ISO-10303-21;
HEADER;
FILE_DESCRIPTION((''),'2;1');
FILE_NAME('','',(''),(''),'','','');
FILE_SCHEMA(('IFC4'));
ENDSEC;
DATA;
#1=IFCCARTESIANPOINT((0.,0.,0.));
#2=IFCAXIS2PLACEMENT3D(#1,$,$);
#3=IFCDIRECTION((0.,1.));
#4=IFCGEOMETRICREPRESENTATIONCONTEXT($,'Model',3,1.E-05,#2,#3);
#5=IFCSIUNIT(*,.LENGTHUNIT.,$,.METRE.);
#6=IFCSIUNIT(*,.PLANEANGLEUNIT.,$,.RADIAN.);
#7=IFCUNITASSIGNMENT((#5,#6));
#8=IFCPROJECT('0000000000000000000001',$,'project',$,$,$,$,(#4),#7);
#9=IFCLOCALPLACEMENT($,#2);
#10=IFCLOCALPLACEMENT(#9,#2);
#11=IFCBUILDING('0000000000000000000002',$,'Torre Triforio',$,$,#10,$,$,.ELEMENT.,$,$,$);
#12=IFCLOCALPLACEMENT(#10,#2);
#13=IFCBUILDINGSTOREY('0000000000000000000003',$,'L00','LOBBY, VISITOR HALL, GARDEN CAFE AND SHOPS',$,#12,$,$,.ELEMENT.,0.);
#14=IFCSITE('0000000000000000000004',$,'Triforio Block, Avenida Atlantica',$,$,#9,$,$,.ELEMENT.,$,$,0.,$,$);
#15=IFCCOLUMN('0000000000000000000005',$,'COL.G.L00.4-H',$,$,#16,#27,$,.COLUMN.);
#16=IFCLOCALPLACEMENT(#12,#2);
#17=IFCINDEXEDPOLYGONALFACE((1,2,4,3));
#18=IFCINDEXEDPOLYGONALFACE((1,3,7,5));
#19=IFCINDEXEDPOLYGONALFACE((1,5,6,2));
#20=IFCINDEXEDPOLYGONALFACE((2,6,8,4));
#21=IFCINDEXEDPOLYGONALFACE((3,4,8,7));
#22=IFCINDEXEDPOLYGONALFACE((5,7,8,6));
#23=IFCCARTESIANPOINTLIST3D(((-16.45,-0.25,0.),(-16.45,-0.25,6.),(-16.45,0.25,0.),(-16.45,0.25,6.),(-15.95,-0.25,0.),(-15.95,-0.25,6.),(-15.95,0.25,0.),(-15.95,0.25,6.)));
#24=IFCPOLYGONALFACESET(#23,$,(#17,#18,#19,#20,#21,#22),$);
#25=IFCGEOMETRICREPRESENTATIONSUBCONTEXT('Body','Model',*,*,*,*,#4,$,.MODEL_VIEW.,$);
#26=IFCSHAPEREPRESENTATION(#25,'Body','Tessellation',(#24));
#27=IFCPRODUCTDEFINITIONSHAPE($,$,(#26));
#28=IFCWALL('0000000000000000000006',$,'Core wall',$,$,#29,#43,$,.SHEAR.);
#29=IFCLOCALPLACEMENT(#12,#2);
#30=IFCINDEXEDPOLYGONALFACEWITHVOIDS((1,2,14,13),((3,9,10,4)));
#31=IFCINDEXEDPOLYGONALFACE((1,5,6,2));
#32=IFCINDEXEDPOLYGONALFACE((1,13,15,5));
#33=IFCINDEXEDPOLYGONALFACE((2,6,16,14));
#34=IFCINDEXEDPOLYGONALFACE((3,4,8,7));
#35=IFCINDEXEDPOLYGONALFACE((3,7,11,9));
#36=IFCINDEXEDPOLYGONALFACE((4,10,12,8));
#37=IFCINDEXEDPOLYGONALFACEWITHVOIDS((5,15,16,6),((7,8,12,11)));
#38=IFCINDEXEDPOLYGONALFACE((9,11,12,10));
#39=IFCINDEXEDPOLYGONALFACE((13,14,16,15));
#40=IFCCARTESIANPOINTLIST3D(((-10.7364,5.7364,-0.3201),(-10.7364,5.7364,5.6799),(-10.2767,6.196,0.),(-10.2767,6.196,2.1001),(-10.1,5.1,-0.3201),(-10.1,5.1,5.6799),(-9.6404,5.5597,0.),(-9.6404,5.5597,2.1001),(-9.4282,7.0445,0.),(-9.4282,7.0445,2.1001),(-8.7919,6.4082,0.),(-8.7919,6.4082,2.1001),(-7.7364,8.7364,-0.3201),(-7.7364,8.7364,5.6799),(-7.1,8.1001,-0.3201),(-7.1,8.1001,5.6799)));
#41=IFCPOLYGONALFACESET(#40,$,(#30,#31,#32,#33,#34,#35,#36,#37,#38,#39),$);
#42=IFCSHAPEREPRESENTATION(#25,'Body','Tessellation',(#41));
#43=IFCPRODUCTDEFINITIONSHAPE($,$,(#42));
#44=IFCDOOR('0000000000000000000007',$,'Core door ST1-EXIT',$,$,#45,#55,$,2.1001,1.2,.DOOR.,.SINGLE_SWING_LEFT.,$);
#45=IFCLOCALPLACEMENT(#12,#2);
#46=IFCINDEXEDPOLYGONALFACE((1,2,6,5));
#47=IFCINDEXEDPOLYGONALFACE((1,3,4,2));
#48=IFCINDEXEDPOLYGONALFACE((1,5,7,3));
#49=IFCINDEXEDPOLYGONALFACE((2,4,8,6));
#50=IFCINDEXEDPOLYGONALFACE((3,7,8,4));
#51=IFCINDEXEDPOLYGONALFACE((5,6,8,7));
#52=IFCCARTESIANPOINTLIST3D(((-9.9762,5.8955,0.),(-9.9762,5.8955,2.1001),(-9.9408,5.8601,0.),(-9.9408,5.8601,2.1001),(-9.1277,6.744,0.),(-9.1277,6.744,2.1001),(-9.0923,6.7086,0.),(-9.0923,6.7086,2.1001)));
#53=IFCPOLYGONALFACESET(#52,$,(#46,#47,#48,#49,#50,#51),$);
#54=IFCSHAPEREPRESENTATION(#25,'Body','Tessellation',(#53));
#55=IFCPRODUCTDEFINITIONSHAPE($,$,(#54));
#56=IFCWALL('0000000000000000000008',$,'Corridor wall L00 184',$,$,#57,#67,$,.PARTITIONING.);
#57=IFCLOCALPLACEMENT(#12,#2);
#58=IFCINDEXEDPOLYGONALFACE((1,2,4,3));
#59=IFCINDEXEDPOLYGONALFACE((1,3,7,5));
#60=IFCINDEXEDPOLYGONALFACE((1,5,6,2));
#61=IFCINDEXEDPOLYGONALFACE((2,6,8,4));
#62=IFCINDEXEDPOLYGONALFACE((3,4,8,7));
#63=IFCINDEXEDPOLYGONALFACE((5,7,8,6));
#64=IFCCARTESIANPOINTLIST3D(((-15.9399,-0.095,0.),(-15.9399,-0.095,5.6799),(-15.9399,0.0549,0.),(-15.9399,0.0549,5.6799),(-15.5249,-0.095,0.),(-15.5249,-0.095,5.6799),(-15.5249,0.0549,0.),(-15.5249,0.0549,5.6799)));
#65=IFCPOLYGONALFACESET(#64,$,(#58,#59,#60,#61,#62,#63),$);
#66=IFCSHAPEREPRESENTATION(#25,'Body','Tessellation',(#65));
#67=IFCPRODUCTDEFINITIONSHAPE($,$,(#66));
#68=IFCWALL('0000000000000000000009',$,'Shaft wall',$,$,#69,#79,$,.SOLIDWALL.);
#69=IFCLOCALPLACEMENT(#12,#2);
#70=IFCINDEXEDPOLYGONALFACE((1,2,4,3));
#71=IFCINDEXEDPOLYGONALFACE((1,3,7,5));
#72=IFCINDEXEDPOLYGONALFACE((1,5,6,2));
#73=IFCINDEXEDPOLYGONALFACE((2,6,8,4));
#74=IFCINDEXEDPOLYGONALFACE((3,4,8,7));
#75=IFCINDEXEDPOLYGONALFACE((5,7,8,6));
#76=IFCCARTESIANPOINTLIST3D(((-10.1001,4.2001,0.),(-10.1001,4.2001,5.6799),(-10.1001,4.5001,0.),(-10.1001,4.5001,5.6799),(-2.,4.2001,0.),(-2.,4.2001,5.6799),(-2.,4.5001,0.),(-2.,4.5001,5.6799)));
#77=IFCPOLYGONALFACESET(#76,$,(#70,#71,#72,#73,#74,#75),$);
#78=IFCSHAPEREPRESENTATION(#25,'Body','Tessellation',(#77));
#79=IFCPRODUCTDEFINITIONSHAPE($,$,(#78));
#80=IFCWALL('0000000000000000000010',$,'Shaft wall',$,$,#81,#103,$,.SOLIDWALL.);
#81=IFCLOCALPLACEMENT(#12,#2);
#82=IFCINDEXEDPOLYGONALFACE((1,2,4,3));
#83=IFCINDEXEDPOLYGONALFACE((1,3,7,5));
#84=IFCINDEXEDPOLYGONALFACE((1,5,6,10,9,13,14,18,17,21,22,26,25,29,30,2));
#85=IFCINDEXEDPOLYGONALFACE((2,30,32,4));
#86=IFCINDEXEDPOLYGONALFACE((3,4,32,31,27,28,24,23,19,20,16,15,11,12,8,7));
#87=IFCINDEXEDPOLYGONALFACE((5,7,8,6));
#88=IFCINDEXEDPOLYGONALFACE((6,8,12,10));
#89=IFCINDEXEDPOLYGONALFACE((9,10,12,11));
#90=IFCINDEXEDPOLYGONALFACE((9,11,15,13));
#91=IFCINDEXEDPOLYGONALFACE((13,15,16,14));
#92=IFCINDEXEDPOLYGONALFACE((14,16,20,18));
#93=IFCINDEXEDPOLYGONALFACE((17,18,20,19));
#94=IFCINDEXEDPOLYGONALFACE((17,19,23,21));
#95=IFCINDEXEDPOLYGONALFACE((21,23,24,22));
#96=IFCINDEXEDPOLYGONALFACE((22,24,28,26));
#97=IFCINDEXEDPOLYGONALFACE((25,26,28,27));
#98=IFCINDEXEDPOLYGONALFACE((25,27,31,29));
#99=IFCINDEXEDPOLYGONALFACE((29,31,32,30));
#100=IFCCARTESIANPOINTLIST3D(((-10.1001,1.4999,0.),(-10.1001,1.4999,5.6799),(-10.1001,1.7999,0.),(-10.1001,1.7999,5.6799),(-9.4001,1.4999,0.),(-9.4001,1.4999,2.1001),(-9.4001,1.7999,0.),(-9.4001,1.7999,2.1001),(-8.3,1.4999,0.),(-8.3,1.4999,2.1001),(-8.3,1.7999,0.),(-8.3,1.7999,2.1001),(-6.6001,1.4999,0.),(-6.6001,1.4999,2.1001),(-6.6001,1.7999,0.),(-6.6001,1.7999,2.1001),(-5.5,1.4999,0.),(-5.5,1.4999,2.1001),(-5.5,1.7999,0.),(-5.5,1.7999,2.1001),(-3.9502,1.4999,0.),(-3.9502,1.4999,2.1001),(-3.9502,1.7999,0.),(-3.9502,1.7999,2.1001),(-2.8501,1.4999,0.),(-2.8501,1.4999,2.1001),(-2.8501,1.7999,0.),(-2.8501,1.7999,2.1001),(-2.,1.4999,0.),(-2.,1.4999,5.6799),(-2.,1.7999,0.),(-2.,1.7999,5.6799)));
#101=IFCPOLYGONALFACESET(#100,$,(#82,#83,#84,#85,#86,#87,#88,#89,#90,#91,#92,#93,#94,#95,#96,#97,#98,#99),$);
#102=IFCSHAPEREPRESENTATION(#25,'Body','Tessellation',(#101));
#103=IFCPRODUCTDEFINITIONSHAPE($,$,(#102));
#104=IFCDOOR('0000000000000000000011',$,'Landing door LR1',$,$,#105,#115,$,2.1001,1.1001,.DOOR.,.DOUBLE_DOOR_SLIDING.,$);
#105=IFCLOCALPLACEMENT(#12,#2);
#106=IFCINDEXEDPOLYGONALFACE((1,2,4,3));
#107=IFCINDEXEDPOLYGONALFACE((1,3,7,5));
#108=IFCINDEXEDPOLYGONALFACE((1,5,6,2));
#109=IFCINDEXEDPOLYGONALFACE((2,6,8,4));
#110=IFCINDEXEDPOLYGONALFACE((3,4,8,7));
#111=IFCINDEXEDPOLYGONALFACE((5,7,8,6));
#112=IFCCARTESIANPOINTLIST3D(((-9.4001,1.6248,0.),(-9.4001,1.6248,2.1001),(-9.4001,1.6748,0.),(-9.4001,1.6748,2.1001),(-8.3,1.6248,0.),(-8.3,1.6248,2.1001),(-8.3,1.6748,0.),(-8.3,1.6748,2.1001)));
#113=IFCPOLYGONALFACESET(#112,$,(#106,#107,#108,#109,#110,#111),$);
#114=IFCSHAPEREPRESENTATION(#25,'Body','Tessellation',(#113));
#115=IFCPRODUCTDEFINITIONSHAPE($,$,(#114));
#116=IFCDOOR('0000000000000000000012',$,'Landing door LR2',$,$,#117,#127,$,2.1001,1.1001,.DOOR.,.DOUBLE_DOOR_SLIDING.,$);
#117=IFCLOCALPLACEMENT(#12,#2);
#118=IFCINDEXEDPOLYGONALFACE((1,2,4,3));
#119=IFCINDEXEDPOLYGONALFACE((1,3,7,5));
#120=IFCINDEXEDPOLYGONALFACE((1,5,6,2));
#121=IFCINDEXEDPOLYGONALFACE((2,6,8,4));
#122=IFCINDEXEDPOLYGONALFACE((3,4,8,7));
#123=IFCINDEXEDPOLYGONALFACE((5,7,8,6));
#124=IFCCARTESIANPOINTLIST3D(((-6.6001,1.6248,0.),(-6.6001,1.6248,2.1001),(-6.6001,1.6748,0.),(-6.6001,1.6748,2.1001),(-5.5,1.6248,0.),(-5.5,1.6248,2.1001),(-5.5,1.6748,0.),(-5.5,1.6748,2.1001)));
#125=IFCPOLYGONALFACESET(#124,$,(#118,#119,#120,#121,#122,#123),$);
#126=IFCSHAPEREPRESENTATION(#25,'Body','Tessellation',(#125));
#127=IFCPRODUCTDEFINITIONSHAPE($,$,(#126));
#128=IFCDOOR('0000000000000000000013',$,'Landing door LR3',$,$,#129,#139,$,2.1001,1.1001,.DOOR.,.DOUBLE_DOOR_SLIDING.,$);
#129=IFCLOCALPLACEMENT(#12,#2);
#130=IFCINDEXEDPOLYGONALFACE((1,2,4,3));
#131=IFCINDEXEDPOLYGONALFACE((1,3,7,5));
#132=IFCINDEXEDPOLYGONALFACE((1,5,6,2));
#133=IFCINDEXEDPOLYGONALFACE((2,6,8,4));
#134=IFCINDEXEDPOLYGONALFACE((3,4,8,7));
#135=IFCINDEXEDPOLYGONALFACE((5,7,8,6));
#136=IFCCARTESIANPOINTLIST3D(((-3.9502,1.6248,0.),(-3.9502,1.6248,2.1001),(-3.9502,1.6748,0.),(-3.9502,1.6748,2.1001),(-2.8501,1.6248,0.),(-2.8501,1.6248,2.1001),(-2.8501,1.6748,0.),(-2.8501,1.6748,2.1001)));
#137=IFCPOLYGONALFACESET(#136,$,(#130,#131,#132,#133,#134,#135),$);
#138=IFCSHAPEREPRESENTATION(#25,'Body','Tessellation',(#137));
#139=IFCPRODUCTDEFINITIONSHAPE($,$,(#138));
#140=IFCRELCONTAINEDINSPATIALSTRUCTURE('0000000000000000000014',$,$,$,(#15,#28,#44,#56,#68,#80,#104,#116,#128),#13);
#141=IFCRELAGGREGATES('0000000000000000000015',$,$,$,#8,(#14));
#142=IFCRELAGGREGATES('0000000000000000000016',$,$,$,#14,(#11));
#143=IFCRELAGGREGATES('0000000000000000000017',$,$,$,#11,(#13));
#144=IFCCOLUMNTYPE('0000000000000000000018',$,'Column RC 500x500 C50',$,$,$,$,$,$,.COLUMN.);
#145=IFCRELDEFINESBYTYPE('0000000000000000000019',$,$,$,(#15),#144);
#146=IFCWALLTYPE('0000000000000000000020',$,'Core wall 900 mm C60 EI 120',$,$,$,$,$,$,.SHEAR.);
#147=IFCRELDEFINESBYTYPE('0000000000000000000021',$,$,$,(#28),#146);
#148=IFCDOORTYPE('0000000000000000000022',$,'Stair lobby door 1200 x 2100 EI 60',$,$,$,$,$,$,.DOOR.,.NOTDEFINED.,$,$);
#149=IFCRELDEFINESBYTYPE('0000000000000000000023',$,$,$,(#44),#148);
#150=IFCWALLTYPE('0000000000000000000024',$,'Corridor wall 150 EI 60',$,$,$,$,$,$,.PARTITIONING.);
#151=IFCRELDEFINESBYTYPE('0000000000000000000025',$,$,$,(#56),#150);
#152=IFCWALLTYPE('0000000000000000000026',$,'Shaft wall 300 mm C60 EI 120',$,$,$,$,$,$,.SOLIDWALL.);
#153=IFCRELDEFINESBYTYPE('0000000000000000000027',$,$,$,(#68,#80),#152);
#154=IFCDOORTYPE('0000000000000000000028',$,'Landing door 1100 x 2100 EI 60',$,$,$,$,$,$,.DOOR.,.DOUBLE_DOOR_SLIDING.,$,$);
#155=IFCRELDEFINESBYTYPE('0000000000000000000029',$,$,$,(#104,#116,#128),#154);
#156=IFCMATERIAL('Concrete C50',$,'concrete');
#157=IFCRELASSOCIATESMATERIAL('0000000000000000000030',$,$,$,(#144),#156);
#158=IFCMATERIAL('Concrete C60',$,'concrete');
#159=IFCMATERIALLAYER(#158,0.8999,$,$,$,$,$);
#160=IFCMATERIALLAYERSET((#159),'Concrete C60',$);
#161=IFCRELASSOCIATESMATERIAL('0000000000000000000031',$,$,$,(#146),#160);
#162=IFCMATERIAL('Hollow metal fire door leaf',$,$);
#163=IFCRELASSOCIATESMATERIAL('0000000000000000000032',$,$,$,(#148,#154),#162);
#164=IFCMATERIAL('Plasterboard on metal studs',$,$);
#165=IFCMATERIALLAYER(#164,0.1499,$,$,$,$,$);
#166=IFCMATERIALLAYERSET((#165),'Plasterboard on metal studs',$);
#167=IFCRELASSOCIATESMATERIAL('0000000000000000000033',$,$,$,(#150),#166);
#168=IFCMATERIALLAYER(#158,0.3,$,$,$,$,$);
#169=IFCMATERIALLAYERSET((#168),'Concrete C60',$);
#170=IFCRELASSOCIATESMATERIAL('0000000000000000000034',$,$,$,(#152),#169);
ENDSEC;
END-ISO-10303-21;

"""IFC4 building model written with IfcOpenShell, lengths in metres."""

from ifc_helpers import new_model, si_unit, direction, frame, frame_2d, origin, origin_2d, place, context, subcontext, project, spatial, rectangle, extrude, material, layer, layer_set, material_profile, profile_set, type_object, element, fill, save


model = new_model("IFC4")

# Units and contexts
model_context = context("Model", 3, precision=1e-05, world=origin(), true_north=direction((0.0, 1.0)))
body_context = subcontext(model_context, "Body", "Model", "MODEL_VIEW")
ifc_project = project(units=[si_unit("LENGTHUNIT", "METRE"), si_unit("PLANEANGLEUNIT", "RADIAN")], contexts=[model_context])

# Site, building, storey
site_placement = place(None, origin())
site = spatial("IfcSite", under=ifc_project, at=site_placement, Name="Triforio Block, Avenida Atlantica", CompositionType="ELEMENT", RefElevation=0.0)
building_placement = place(site_placement, origin())
building = spatial("IfcBuilding", under=site, at=building_placement, Name="Torre Triforio", CompositionType="ELEMENT")
storey_placement = place(building_placement, origin())
storey = spatial("IfcBuildingStorey", under=building, at=storey_placement, Name="L00", Description="LOBBY, VISITOR HALL, GARDEN CAFE AND SHOPS", CompositionType="ELEMENT", Elevation=0.0)

# Column
ifc_material_1 = material(Name="Concrete C50", Category="concrete")
ifc_material_profile = material_profile(ifc_material_1, rectangle(XDim=0.5, YDim=0.5, at=origin_2d()), Name="RC 500x500")
ifc_profile_set = profile_set([ifc_material_profile], Name="Concrete C50")
column_type = type_object("IfcColumnType", Name="Column RC 500x500 C50", PredefinedType="COLUMN", material=ifc_profile_set)
column_placement = place(storey_placement, frame((-16.2, 0.0, 0.0), z_axis=(0.0, 0.0, 1.0), x_axis=(1.0, 0.0, 0.0)))
element("IfcColumn", 1, at=column_placement, inside=storey, type_object=column_type, Name="COL.G.L00.4-H", PredefinedType="COLUMN", context=body_context, shape_type="SweptSolid", body=[
    extrude(rectangle(XDim=0.5, YDim=0.5, at=origin_2d()), origin(), (0.0, 0.0, 1.0), 6.0),
])

# Wall, opening, door
ifc_material_2 = material(Name="Concrete C60", Category="concrete")
ifc_layer_1 = layer(ifc_material_2, 0.8999)
ifc_layer_set_1 = layer_set([ifc_layer_1], Name="Concrete C60")
wall_type_1 = type_object("IfcWallType", Name="Core wall 900 mm C60 EI 120", PredefinedType="SHEAR", material=ifc_layer_set_1)
wall_1_placement = place(storey_placement, frame((-10.4182, 5.4182, -0.3201), z_axis=(0.0, 0.0, 1.0), x_axis=(0.707107, 0.707107, 0.0)))
wall_1 = element("IfcWall", 2, at=wall_1_placement, inside=storey, type_object=wall_type_1, Name="Core wall", PredefinedType="SHEAR", context=body_context, shape_type="SweptSolid", body=[
    extrude(rectangle(XDim=4.2427, YDim=0.8999, at=frame_2d((2.1213, 0.0))), origin(), (0.0, 0.0, 1.0), 6.0),
])
opening_1_placement = place(wall_1_placement, frame((0.6499, 0.0, 0.3201)))
opening_1 = element("IfcOpeningElement", 3, at=opening_1_placement, cuts=wall_1, PredefinedType="OPENING", context=body_context, shape_type="SweptSolid", body=[
    extrude(rectangle(XDim=1.2, YDim=2.1001, at=frame_2d((0.6001, 1.05))), frame((0.0, 0.46, 0.0), z_axis=(0.0, -1.0, 0.0), x_axis=(1.0, 0.0, 0.0)), (0.0, 0.0, 1.0), 0.9199),
])
ifc_material_3 = material(Name="Hollow metal fire door leaf")
door_type_1 = type_object("IfcDoorType", Name="Stair lobby door 1200 x 2100 EI 60", OperationType="NOTDEFINED", PredefinedType="DOOR", material=ifc_material_3)
door_1_placement = place(opening_1_placement, origin())
door_1 = element("IfcDoor", 4, at=door_1_placement, inside=storey, type_object=door_type_1, Name="Core door ST1-EXIT", OperationType="SINGLE_SWING_LEFT", OverallHeight=2.1001, OverallWidth=1.2, PredefinedType="DOOR", context=body_context, shape_type="SweptSolid", body=[
    extrude(rectangle(XDim=1.2, YDim=2.1001, at=frame_2d((0.6001, 1.05))), frame((0.0, 0.0249, 0.0), z_axis=(0.0, -1.0, 0.0), x_axis=(1.0, 0.0, 0.0)), (0.0, 0.0, 1.0), 0.05),
])
fill(opening_1, door_1)

# Walls
ifc_material_4 = material(Name="Plasterboard on metal studs")
ifc_layer_2 = layer(ifc_material_4, 0.1499)
ifc_layer_set_2 = layer_set([ifc_layer_2], Name="Plasterboard on metal studs")
wall_type_2 = type_object("IfcWallType", Name="Corridor wall 150 EI 60", PredefinedType="PARTITIONING", material=ifc_layer_set_2)
wall_2_placement = place(storey_placement, frame((-15.9399, -0.02, 0.0), z_axis=(0.0, 0.0, 1.0), x_axis=(1.0, 0.0, 0.0)))
element("IfcWall", 5, at=wall_2_placement, inside=storey, type_object=wall_type_2, Name="Corridor wall L00 184", PredefinedType="PARTITIONING", context=body_context, shape_type="SweptSolid", body=[
    extrude(rectangle(XDim=0.415, YDim=0.1499, at=frame_2d((0.2075, 0.0))), origin(), (0.0, 0.0, 1.0), 5.6799),
])
ifc_layer_3 = layer(ifc_material_2, 0.3)
ifc_layer_set_3 = layer_set([ifc_layer_3], Name="Concrete C60")
wall_type_3 = type_object("IfcWallType", Name="Shaft wall 300 mm C60 EI 120", PredefinedType="SOLIDWALL", material=ifc_layer_set_3)
wall_3_placement = place(storey_placement, frame((-10.1001, 4.3501, 0.0), z_axis=(0.0, 0.0, 1.0), x_axis=(1.0, 0.0, 0.0)))
element("IfcWall", 6, at=wall_3_placement, inside=storey, type_object=wall_type_3, Name="Shaft wall", PredefinedType="SOLIDWALL", context=body_context, shape_type="SweptSolid", body=[
    extrude(rectangle(XDim=8.1001, YDim=0.3, at=frame_2d((4.05, 0.0))), origin(), (0.0, 0.0, 1.0), 5.6799),
])

# Wall, openings, doors
wall_4_placement = place(storey_placement, frame((-10.1001, 1.6499, 0.0), z_axis=(0.0, 0.0, 1.0), x_axis=(1.0, 0.0, 0.0)))
wall_4 = element("IfcWall", 7, at=wall_4_placement, inside=storey, type_object=wall_type_3, Name="Shaft wall", PredefinedType="SOLIDWALL", context=body_context, shape_type="SweptSolid", body=[
    extrude(rectangle(XDim=8.1001, YDim=0.3, at=frame_2d((4.05, 0.0))), origin(), (0.0, 0.0, 1.0), 5.6799),
])
opening_2_placement = place(wall_4_placement, frame((0.7, 0.0, 0.0)))
opening_2 = element("IfcOpeningElement", 8, at=opening_2_placement, cuts=wall_4, PredefinedType="OPENING", context=body_context, shape_type="SweptSolid", body=[
    extrude(rectangle(XDim=1.1001, YDim=2.1001, at=frame_2d((0.55, 1.05))), frame((0.0, 0.1599, 0.0), z_axis=(0.0, -1.0, 0.0), x_axis=(1.0, 0.0, 0.0)), (0.0, 0.0, 1.0), 0.3201),
])
opening_3_placement = place(wall_4_placement, frame((3.5, 0.0, 0.0)))
opening_3 = element("IfcOpeningElement", 9, at=opening_3_placement, cuts=wall_4, PredefinedType="OPENING", context=body_context, shape_type="SweptSolid", body=[
    extrude(rectangle(XDim=1.1001, YDim=2.1001, at=frame_2d((0.55, 1.05))), frame((0.0, 0.1599, 0.0), z_axis=(0.0, -1.0, 0.0), x_axis=(1.0, 0.0, 0.0)), (0.0, 0.0, 1.0), 0.3201),
])
opening_4_placement = place(wall_4_placement, frame((6.1499, 0.0, 0.0)))
opening_4 = element("IfcOpeningElement", 10, at=opening_4_placement, cuts=wall_4, PredefinedType="OPENING", context=body_context, shape_type="SweptSolid", body=[
    extrude(rectangle(XDim=1.1001, YDim=2.1001, at=frame_2d((0.55, 1.05))), frame((0.0, 0.1599, 0.0), z_axis=(0.0, -1.0, 0.0), x_axis=(1.0, 0.0, 0.0)), (0.0, 0.0, 1.0), 0.3201),
])
door_type_2 = type_object("IfcDoorType", Name="Landing door 1100 x 2100 EI 60", OperationType="DOUBLE_DOOR_SLIDING", PredefinedType="DOOR", material=ifc_material_3)
door_2_placement = place(opening_2_placement, origin())
door_2 = element("IfcDoor", 11, at=door_2_placement, inside=storey, type_object=door_type_2, Name="Landing door LR1", OperationType="DOUBLE_DOOR_SLIDING", OverallHeight=2.1001, OverallWidth=1.1001, PredefinedType="DOOR", context=body_context, shape_type="SweptSolid", body=[
    extrude(rectangle(XDim=1.1001, YDim=2.1001, at=frame_2d((0.55, 1.05))), frame((0.0, 0.0249, 0.0), z_axis=(0.0, -1.0, 0.0), x_axis=(1.0, 0.0, 0.0)), (0.0, 0.0, 1.0), 0.05),
])
fill(opening_2, door_2)
door_3_placement = place(opening_3_placement, origin())
door_3 = element("IfcDoor", 12, at=door_3_placement, inside=storey, type_object=door_type_2, Name="Landing door LR2", OperationType="DOUBLE_DOOR_SLIDING", OverallHeight=2.1001, OverallWidth=1.1001, PredefinedType="DOOR", context=body_context, shape_type="SweptSolid", body=[
    extrude(rectangle(XDim=1.1001, YDim=2.1001, at=frame_2d((0.55, 1.05))), frame((0.0, 0.0249, 0.0), z_axis=(0.0, -1.0, 0.0), x_axis=(1.0, 0.0, 0.0)), (0.0, 0.0, 1.0), 0.05),
])
fill(opening_3, door_3)
door_4_placement = place(opening_4_placement, origin())
door_4 = element("IfcDoor", 13, at=door_4_placement, inside=storey, type_object=door_type_2, Name="Landing door LR3", OperationType="DOUBLE_DOOR_SLIDING", OverallHeight=2.1001, OverallWidth=1.1001, PredefinedType="DOOR", context=body_context, shape_type="SweptSolid", body=[
    extrude(rectangle(XDim=1.1001, YDim=2.1001, at=frame_2d((0.55, 1.05))), frame((0.0, 0.0249, 0.0), z_axis=(0.0, -1.0, 0.0), x_axis=(1.0, 0.0, 0.0)), (0.0, 0.0, 1.0), 0.05),
])
fill(opening_4, door_4)

save(model, "model.ifc")
